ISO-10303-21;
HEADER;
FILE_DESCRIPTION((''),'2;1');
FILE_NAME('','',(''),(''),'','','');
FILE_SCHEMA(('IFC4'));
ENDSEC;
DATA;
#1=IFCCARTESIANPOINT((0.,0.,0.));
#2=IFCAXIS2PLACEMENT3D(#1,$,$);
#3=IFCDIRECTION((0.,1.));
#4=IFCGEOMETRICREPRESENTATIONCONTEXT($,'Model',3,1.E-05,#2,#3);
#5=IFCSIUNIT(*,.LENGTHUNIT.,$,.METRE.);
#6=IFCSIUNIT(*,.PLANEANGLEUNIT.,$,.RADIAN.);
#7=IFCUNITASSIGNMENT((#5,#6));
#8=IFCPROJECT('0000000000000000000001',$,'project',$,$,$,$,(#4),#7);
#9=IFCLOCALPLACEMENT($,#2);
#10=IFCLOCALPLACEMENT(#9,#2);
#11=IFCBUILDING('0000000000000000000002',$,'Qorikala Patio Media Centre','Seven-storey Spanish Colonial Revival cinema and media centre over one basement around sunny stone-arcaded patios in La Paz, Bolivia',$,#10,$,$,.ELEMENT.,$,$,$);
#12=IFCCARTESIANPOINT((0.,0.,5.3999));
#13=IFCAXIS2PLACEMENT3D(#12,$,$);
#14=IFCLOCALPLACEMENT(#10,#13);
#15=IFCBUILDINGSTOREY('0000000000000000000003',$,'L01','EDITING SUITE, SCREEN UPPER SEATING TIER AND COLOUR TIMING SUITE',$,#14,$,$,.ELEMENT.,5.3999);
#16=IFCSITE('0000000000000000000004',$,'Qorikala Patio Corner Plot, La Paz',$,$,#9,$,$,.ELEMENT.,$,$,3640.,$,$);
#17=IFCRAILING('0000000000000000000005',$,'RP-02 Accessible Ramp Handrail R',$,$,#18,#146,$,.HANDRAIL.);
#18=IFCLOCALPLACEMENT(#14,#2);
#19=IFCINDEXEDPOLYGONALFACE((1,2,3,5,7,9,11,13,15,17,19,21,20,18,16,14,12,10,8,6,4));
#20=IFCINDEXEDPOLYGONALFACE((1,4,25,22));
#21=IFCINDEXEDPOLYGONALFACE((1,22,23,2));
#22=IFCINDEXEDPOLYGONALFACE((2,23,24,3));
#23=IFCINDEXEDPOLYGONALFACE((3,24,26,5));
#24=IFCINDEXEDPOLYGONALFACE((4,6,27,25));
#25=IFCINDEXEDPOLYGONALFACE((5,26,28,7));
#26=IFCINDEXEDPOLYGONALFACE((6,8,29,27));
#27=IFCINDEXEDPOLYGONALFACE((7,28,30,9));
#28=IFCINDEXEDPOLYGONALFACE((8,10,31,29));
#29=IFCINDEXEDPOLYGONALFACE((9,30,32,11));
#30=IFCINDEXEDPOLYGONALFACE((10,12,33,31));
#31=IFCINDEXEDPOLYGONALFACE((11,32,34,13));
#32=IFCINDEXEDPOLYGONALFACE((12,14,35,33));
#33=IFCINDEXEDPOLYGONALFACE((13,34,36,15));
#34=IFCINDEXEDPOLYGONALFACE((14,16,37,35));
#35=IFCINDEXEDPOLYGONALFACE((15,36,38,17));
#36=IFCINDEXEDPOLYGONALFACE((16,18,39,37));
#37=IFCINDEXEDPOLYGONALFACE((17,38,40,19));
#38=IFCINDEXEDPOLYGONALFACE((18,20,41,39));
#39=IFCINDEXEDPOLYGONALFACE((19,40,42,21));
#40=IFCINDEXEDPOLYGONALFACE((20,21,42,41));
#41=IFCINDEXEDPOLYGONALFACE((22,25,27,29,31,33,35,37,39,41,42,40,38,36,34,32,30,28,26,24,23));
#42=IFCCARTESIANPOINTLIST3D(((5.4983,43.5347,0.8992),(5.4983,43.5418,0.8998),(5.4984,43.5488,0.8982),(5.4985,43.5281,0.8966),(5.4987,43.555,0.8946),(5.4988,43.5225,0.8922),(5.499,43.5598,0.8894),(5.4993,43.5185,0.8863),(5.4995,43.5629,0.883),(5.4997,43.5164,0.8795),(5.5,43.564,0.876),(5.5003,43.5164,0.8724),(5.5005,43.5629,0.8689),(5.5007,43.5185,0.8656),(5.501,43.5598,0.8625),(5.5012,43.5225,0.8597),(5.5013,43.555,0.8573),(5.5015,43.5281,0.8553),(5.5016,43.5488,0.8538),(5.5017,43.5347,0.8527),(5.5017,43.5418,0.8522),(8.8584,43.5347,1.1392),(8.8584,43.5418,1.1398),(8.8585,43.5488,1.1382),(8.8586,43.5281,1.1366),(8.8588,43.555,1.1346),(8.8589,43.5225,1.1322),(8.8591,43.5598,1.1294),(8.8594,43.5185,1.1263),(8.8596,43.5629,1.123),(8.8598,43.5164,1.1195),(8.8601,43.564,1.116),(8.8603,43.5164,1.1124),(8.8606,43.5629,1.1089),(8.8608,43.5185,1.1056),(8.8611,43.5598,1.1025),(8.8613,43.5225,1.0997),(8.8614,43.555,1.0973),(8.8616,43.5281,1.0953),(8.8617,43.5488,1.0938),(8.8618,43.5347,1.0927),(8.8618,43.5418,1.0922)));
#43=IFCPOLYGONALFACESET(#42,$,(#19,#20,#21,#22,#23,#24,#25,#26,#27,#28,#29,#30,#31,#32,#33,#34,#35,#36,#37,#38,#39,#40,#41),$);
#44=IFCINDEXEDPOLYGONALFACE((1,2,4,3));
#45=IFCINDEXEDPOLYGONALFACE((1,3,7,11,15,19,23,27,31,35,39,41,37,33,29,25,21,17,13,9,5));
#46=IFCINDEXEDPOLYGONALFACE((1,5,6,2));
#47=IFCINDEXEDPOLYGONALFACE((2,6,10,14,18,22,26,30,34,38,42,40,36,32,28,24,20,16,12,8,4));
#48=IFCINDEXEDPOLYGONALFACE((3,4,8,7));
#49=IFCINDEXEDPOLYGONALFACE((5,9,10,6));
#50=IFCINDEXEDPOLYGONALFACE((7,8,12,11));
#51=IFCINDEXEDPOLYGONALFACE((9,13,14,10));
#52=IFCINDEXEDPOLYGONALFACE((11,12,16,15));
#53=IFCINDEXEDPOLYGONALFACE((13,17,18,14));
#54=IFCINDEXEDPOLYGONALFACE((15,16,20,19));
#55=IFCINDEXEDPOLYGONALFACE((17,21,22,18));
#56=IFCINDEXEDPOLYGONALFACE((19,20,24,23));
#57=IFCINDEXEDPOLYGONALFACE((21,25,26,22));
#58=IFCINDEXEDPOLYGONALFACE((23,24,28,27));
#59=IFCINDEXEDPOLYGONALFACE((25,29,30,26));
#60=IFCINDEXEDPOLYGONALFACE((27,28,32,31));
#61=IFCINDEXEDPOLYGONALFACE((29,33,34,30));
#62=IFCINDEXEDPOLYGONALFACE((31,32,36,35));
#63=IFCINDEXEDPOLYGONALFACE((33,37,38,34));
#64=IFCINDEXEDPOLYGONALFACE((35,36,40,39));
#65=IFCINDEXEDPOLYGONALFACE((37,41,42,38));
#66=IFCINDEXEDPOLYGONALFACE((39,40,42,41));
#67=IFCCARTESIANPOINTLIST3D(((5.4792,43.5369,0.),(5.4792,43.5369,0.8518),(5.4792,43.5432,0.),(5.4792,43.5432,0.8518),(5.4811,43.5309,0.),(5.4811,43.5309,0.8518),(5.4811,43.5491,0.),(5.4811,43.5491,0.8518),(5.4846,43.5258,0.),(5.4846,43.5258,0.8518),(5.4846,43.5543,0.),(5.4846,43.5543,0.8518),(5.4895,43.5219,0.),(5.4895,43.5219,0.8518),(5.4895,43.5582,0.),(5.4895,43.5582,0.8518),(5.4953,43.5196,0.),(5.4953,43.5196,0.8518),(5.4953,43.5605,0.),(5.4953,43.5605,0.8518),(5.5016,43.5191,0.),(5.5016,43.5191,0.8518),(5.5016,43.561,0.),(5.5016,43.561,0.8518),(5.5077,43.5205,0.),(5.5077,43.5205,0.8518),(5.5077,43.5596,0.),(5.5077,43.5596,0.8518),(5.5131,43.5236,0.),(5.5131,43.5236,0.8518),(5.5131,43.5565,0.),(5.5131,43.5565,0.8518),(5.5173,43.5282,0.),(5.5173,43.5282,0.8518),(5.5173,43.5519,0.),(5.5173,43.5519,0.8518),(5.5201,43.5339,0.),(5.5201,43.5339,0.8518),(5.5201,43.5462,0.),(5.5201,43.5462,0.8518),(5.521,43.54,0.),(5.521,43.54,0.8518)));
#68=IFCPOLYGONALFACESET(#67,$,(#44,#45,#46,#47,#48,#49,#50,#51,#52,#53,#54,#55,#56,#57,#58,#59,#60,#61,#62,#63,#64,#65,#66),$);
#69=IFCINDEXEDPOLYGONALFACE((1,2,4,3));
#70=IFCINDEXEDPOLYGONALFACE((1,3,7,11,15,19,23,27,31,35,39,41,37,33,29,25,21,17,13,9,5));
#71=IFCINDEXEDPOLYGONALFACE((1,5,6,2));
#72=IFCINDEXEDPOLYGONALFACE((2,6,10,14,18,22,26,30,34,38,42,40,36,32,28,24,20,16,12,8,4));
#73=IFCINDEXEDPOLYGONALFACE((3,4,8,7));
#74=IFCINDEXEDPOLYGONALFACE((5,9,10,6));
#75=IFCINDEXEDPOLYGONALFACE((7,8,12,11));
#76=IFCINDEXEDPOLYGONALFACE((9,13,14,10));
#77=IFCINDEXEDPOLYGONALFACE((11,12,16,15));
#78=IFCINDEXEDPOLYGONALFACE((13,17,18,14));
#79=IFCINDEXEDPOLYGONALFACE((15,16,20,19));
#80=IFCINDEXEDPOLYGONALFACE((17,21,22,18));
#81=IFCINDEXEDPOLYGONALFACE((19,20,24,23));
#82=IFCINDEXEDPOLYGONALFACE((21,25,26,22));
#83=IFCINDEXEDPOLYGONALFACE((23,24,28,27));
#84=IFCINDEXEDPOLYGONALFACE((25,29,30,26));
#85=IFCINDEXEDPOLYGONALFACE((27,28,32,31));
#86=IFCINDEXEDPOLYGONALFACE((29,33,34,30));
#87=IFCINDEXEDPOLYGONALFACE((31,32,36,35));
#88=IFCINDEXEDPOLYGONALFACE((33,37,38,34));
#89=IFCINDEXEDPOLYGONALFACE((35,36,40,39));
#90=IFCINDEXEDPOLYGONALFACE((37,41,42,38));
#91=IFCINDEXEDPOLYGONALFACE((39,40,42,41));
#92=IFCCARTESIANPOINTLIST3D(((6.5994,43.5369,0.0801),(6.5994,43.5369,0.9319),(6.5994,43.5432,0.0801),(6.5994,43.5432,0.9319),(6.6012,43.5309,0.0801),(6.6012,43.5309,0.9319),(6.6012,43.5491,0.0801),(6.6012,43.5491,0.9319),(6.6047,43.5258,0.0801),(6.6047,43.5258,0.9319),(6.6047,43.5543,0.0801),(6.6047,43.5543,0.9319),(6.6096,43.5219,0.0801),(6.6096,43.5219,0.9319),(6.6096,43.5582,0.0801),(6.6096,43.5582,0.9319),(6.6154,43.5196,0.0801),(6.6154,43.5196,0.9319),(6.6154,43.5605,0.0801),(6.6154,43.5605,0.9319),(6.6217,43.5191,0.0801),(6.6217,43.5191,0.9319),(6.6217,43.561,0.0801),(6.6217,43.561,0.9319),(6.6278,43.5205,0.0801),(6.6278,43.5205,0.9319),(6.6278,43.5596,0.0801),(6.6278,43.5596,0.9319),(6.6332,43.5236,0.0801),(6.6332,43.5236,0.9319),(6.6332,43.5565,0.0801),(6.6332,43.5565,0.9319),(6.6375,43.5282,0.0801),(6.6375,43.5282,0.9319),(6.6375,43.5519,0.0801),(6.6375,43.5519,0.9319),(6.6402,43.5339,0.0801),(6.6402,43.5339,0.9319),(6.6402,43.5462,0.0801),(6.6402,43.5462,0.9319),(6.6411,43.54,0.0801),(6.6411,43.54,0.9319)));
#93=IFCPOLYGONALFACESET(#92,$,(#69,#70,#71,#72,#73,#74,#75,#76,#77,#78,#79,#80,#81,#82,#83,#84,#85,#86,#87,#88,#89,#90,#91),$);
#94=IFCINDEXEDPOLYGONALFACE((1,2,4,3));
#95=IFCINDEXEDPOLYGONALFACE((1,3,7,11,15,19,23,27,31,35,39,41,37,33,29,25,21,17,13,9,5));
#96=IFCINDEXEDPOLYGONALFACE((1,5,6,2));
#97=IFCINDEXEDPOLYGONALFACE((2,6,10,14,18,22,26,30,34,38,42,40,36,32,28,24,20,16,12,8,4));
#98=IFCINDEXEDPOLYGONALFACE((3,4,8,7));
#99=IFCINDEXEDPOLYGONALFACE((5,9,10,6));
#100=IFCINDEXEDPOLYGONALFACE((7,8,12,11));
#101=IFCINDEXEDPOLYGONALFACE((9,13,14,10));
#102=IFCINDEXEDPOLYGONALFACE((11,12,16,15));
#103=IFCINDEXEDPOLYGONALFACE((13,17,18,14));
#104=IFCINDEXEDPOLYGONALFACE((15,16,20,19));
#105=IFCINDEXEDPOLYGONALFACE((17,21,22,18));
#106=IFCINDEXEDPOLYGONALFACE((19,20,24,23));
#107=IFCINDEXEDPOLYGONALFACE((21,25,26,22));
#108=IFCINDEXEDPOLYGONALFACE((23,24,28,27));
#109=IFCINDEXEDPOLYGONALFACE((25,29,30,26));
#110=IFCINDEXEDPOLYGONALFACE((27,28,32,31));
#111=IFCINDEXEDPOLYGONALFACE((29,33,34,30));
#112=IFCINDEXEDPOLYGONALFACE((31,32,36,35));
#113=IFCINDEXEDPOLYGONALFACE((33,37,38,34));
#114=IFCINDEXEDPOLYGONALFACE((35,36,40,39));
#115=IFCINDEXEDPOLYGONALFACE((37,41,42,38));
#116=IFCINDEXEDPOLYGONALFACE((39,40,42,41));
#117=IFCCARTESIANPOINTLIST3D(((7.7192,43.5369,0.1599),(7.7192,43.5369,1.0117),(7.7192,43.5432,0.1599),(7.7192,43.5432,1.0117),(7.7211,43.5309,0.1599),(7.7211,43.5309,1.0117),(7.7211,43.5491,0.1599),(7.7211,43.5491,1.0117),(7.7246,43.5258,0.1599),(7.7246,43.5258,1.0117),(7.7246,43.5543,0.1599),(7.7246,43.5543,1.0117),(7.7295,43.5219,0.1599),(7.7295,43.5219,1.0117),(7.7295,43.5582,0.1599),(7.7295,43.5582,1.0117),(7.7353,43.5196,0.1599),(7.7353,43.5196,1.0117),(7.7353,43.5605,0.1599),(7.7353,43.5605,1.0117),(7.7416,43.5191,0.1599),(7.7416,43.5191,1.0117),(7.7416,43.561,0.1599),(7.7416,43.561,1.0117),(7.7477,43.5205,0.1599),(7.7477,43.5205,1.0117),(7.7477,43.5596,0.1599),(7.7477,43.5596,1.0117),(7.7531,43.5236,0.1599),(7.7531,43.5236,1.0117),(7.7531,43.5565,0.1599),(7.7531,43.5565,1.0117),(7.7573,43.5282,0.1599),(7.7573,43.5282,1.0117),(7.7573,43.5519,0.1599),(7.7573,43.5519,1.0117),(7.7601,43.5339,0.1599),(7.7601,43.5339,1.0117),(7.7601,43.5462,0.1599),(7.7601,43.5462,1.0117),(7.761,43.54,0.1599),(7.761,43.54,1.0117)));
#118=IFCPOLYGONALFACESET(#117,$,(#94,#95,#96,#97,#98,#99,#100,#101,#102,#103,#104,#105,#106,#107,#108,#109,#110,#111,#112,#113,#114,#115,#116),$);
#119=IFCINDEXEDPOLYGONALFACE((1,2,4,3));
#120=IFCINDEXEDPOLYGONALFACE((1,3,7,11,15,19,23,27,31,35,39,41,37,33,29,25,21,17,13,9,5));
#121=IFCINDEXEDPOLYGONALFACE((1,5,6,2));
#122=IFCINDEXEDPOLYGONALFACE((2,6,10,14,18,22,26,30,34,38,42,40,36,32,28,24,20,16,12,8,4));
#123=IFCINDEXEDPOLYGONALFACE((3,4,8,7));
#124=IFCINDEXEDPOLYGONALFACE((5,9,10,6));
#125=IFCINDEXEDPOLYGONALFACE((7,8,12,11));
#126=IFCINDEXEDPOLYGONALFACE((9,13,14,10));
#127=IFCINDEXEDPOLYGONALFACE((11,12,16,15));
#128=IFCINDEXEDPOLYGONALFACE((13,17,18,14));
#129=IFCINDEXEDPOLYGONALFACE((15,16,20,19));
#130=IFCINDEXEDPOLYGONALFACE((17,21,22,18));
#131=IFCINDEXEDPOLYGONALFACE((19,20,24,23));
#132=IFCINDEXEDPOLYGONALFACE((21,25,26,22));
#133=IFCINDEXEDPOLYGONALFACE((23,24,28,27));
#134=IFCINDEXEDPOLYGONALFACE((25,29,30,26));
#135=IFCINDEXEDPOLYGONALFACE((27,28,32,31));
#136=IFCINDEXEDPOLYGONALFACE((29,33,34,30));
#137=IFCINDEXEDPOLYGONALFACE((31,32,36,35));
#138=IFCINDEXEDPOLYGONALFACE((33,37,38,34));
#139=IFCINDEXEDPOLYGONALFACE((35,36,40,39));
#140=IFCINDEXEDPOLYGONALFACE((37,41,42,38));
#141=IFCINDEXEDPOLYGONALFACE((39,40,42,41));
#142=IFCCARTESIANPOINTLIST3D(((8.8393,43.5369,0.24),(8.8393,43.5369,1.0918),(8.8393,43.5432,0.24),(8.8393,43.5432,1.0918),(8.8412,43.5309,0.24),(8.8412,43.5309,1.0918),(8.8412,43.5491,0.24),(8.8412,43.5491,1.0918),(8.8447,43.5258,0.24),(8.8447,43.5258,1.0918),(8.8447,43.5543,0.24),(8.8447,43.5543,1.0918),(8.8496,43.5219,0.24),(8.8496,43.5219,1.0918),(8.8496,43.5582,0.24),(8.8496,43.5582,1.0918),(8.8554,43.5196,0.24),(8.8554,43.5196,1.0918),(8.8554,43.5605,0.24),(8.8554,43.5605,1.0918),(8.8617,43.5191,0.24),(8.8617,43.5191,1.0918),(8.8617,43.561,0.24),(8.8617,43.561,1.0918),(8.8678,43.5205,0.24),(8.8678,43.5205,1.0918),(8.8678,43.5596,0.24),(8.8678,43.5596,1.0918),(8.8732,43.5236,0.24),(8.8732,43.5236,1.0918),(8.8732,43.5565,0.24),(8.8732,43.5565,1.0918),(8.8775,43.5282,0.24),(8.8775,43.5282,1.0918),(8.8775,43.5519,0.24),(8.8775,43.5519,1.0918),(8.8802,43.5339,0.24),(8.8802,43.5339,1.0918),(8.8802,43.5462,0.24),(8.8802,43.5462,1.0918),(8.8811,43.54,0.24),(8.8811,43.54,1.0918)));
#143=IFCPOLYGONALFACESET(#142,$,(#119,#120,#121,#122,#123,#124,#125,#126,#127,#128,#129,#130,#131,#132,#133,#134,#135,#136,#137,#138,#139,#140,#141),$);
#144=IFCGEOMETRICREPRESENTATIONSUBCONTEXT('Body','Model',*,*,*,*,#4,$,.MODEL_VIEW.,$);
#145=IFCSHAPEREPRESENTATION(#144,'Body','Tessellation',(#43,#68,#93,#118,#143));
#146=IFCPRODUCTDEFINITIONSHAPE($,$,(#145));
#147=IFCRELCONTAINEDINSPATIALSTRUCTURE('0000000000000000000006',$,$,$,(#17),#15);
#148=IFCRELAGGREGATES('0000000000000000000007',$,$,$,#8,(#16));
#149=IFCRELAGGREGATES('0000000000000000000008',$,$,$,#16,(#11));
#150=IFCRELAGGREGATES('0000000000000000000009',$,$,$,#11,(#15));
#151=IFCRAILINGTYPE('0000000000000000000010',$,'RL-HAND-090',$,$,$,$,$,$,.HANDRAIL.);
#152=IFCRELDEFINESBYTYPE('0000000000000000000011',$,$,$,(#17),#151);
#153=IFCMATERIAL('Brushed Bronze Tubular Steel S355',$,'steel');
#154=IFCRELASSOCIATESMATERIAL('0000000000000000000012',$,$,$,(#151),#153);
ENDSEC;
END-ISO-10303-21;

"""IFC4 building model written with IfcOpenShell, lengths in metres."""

from ifc_helpers import new_model, si_unit, direction, frame, origin, origin_2d, place, context, subcontext, project, spatial, circle, extrude, material, type_object, element, save


model = new_model("IFC4")

# Units and contexts
model_context = context("Model", 3, precision=1e-05, world=origin(), true_north=direction((0.0, 1.0)))
body_context = subcontext(model_context, "Body", "Model", "MODEL_VIEW")
ifc_project = project(units=[si_unit("LENGTHUNIT", "METRE"), si_unit("PLANEANGLEUNIT", "RADIAN")], contexts=[model_context])

# Site, building, storey
site_placement = place(None, origin())
site = spatial("IfcSite", under=ifc_project, at=site_placement, Name="Qorikala Patio Corner Plot, La Paz", CompositionType="ELEMENT", RefElevation=3640.0)
building_placement = place(site_placement, origin())
building = spatial("IfcBuilding", under=site, at=building_placement, Name="Qorikala Patio Media Centre", Description="Seven-storey Spanish Colonial Revival cinema and media centre over one basement around sunny stone-arcaded patios in La Paz, Bolivia", CompositionType="ELEMENT")
storey_placement = place(building_placement, frame((0.0, 0.0, 5.3999)))
storey = spatial("IfcBuildingStorey", under=building, at=storey_placement, Name="L01", Description="EDITING SUITE, SCREEN UPPER SEATING TIER AND COLOUR TIMING SUITE", CompositionType="ELEMENT", Elevation=5.3999)

# Railing
ifc_material_1 = material(Name="Brushed Bronze Tubular Steel S355", Category="steel")
railing_type = type_object("IfcRailingType", Name="RL-HAND-090", PredefinedType="HANDRAIL", material=ifc_material_1)
for number, where, name in (
    (1, (5.5, 43.54, 0.0), "RP-02 Accessible Ramp Handrail R"),
):
    element("IfcRailing", number, at=place(storey_placement, frame(where)), inside=storey, type_object=railing_type, Name=name, PredefinedType="HANDRAIL", context=body_context, shape_type="SweptSolid", body=[
        extrude(circle(Radius=0.0239, at=origin_2d()), frame((0.0, 0.0, 0.876), z_axis=(0.997459, 0.0, 0.071242), x_axis=(0.0, 1.0, 0.0)), (0.0, 0.0, 1.0), 3.3687),
        extrude(circle(Radius=0.021, at=origin_2d()), origin(), (0.0, 0.0, 1.0), 0.8518),
        extrude(circle(Radius=0.021, at=origin_2d()), frame((1.1201, 0.0, 0.0801)), (0.0, 0.0, 1.0), 0.8518),
        extrude(circle(Radius=0.021, at=origin_2d()), frame((2.24, 0.0, 0.1599)), (0.0, 0.0, 1.0), 0.8518),
        extrude(circle(Radius=0.021, at=origin_2d()), frame((3.3601, 0.0, 0.24)), (0.0, 0.0, 1.0), 0.8518),
    ])

save(model, "model.ifc")
